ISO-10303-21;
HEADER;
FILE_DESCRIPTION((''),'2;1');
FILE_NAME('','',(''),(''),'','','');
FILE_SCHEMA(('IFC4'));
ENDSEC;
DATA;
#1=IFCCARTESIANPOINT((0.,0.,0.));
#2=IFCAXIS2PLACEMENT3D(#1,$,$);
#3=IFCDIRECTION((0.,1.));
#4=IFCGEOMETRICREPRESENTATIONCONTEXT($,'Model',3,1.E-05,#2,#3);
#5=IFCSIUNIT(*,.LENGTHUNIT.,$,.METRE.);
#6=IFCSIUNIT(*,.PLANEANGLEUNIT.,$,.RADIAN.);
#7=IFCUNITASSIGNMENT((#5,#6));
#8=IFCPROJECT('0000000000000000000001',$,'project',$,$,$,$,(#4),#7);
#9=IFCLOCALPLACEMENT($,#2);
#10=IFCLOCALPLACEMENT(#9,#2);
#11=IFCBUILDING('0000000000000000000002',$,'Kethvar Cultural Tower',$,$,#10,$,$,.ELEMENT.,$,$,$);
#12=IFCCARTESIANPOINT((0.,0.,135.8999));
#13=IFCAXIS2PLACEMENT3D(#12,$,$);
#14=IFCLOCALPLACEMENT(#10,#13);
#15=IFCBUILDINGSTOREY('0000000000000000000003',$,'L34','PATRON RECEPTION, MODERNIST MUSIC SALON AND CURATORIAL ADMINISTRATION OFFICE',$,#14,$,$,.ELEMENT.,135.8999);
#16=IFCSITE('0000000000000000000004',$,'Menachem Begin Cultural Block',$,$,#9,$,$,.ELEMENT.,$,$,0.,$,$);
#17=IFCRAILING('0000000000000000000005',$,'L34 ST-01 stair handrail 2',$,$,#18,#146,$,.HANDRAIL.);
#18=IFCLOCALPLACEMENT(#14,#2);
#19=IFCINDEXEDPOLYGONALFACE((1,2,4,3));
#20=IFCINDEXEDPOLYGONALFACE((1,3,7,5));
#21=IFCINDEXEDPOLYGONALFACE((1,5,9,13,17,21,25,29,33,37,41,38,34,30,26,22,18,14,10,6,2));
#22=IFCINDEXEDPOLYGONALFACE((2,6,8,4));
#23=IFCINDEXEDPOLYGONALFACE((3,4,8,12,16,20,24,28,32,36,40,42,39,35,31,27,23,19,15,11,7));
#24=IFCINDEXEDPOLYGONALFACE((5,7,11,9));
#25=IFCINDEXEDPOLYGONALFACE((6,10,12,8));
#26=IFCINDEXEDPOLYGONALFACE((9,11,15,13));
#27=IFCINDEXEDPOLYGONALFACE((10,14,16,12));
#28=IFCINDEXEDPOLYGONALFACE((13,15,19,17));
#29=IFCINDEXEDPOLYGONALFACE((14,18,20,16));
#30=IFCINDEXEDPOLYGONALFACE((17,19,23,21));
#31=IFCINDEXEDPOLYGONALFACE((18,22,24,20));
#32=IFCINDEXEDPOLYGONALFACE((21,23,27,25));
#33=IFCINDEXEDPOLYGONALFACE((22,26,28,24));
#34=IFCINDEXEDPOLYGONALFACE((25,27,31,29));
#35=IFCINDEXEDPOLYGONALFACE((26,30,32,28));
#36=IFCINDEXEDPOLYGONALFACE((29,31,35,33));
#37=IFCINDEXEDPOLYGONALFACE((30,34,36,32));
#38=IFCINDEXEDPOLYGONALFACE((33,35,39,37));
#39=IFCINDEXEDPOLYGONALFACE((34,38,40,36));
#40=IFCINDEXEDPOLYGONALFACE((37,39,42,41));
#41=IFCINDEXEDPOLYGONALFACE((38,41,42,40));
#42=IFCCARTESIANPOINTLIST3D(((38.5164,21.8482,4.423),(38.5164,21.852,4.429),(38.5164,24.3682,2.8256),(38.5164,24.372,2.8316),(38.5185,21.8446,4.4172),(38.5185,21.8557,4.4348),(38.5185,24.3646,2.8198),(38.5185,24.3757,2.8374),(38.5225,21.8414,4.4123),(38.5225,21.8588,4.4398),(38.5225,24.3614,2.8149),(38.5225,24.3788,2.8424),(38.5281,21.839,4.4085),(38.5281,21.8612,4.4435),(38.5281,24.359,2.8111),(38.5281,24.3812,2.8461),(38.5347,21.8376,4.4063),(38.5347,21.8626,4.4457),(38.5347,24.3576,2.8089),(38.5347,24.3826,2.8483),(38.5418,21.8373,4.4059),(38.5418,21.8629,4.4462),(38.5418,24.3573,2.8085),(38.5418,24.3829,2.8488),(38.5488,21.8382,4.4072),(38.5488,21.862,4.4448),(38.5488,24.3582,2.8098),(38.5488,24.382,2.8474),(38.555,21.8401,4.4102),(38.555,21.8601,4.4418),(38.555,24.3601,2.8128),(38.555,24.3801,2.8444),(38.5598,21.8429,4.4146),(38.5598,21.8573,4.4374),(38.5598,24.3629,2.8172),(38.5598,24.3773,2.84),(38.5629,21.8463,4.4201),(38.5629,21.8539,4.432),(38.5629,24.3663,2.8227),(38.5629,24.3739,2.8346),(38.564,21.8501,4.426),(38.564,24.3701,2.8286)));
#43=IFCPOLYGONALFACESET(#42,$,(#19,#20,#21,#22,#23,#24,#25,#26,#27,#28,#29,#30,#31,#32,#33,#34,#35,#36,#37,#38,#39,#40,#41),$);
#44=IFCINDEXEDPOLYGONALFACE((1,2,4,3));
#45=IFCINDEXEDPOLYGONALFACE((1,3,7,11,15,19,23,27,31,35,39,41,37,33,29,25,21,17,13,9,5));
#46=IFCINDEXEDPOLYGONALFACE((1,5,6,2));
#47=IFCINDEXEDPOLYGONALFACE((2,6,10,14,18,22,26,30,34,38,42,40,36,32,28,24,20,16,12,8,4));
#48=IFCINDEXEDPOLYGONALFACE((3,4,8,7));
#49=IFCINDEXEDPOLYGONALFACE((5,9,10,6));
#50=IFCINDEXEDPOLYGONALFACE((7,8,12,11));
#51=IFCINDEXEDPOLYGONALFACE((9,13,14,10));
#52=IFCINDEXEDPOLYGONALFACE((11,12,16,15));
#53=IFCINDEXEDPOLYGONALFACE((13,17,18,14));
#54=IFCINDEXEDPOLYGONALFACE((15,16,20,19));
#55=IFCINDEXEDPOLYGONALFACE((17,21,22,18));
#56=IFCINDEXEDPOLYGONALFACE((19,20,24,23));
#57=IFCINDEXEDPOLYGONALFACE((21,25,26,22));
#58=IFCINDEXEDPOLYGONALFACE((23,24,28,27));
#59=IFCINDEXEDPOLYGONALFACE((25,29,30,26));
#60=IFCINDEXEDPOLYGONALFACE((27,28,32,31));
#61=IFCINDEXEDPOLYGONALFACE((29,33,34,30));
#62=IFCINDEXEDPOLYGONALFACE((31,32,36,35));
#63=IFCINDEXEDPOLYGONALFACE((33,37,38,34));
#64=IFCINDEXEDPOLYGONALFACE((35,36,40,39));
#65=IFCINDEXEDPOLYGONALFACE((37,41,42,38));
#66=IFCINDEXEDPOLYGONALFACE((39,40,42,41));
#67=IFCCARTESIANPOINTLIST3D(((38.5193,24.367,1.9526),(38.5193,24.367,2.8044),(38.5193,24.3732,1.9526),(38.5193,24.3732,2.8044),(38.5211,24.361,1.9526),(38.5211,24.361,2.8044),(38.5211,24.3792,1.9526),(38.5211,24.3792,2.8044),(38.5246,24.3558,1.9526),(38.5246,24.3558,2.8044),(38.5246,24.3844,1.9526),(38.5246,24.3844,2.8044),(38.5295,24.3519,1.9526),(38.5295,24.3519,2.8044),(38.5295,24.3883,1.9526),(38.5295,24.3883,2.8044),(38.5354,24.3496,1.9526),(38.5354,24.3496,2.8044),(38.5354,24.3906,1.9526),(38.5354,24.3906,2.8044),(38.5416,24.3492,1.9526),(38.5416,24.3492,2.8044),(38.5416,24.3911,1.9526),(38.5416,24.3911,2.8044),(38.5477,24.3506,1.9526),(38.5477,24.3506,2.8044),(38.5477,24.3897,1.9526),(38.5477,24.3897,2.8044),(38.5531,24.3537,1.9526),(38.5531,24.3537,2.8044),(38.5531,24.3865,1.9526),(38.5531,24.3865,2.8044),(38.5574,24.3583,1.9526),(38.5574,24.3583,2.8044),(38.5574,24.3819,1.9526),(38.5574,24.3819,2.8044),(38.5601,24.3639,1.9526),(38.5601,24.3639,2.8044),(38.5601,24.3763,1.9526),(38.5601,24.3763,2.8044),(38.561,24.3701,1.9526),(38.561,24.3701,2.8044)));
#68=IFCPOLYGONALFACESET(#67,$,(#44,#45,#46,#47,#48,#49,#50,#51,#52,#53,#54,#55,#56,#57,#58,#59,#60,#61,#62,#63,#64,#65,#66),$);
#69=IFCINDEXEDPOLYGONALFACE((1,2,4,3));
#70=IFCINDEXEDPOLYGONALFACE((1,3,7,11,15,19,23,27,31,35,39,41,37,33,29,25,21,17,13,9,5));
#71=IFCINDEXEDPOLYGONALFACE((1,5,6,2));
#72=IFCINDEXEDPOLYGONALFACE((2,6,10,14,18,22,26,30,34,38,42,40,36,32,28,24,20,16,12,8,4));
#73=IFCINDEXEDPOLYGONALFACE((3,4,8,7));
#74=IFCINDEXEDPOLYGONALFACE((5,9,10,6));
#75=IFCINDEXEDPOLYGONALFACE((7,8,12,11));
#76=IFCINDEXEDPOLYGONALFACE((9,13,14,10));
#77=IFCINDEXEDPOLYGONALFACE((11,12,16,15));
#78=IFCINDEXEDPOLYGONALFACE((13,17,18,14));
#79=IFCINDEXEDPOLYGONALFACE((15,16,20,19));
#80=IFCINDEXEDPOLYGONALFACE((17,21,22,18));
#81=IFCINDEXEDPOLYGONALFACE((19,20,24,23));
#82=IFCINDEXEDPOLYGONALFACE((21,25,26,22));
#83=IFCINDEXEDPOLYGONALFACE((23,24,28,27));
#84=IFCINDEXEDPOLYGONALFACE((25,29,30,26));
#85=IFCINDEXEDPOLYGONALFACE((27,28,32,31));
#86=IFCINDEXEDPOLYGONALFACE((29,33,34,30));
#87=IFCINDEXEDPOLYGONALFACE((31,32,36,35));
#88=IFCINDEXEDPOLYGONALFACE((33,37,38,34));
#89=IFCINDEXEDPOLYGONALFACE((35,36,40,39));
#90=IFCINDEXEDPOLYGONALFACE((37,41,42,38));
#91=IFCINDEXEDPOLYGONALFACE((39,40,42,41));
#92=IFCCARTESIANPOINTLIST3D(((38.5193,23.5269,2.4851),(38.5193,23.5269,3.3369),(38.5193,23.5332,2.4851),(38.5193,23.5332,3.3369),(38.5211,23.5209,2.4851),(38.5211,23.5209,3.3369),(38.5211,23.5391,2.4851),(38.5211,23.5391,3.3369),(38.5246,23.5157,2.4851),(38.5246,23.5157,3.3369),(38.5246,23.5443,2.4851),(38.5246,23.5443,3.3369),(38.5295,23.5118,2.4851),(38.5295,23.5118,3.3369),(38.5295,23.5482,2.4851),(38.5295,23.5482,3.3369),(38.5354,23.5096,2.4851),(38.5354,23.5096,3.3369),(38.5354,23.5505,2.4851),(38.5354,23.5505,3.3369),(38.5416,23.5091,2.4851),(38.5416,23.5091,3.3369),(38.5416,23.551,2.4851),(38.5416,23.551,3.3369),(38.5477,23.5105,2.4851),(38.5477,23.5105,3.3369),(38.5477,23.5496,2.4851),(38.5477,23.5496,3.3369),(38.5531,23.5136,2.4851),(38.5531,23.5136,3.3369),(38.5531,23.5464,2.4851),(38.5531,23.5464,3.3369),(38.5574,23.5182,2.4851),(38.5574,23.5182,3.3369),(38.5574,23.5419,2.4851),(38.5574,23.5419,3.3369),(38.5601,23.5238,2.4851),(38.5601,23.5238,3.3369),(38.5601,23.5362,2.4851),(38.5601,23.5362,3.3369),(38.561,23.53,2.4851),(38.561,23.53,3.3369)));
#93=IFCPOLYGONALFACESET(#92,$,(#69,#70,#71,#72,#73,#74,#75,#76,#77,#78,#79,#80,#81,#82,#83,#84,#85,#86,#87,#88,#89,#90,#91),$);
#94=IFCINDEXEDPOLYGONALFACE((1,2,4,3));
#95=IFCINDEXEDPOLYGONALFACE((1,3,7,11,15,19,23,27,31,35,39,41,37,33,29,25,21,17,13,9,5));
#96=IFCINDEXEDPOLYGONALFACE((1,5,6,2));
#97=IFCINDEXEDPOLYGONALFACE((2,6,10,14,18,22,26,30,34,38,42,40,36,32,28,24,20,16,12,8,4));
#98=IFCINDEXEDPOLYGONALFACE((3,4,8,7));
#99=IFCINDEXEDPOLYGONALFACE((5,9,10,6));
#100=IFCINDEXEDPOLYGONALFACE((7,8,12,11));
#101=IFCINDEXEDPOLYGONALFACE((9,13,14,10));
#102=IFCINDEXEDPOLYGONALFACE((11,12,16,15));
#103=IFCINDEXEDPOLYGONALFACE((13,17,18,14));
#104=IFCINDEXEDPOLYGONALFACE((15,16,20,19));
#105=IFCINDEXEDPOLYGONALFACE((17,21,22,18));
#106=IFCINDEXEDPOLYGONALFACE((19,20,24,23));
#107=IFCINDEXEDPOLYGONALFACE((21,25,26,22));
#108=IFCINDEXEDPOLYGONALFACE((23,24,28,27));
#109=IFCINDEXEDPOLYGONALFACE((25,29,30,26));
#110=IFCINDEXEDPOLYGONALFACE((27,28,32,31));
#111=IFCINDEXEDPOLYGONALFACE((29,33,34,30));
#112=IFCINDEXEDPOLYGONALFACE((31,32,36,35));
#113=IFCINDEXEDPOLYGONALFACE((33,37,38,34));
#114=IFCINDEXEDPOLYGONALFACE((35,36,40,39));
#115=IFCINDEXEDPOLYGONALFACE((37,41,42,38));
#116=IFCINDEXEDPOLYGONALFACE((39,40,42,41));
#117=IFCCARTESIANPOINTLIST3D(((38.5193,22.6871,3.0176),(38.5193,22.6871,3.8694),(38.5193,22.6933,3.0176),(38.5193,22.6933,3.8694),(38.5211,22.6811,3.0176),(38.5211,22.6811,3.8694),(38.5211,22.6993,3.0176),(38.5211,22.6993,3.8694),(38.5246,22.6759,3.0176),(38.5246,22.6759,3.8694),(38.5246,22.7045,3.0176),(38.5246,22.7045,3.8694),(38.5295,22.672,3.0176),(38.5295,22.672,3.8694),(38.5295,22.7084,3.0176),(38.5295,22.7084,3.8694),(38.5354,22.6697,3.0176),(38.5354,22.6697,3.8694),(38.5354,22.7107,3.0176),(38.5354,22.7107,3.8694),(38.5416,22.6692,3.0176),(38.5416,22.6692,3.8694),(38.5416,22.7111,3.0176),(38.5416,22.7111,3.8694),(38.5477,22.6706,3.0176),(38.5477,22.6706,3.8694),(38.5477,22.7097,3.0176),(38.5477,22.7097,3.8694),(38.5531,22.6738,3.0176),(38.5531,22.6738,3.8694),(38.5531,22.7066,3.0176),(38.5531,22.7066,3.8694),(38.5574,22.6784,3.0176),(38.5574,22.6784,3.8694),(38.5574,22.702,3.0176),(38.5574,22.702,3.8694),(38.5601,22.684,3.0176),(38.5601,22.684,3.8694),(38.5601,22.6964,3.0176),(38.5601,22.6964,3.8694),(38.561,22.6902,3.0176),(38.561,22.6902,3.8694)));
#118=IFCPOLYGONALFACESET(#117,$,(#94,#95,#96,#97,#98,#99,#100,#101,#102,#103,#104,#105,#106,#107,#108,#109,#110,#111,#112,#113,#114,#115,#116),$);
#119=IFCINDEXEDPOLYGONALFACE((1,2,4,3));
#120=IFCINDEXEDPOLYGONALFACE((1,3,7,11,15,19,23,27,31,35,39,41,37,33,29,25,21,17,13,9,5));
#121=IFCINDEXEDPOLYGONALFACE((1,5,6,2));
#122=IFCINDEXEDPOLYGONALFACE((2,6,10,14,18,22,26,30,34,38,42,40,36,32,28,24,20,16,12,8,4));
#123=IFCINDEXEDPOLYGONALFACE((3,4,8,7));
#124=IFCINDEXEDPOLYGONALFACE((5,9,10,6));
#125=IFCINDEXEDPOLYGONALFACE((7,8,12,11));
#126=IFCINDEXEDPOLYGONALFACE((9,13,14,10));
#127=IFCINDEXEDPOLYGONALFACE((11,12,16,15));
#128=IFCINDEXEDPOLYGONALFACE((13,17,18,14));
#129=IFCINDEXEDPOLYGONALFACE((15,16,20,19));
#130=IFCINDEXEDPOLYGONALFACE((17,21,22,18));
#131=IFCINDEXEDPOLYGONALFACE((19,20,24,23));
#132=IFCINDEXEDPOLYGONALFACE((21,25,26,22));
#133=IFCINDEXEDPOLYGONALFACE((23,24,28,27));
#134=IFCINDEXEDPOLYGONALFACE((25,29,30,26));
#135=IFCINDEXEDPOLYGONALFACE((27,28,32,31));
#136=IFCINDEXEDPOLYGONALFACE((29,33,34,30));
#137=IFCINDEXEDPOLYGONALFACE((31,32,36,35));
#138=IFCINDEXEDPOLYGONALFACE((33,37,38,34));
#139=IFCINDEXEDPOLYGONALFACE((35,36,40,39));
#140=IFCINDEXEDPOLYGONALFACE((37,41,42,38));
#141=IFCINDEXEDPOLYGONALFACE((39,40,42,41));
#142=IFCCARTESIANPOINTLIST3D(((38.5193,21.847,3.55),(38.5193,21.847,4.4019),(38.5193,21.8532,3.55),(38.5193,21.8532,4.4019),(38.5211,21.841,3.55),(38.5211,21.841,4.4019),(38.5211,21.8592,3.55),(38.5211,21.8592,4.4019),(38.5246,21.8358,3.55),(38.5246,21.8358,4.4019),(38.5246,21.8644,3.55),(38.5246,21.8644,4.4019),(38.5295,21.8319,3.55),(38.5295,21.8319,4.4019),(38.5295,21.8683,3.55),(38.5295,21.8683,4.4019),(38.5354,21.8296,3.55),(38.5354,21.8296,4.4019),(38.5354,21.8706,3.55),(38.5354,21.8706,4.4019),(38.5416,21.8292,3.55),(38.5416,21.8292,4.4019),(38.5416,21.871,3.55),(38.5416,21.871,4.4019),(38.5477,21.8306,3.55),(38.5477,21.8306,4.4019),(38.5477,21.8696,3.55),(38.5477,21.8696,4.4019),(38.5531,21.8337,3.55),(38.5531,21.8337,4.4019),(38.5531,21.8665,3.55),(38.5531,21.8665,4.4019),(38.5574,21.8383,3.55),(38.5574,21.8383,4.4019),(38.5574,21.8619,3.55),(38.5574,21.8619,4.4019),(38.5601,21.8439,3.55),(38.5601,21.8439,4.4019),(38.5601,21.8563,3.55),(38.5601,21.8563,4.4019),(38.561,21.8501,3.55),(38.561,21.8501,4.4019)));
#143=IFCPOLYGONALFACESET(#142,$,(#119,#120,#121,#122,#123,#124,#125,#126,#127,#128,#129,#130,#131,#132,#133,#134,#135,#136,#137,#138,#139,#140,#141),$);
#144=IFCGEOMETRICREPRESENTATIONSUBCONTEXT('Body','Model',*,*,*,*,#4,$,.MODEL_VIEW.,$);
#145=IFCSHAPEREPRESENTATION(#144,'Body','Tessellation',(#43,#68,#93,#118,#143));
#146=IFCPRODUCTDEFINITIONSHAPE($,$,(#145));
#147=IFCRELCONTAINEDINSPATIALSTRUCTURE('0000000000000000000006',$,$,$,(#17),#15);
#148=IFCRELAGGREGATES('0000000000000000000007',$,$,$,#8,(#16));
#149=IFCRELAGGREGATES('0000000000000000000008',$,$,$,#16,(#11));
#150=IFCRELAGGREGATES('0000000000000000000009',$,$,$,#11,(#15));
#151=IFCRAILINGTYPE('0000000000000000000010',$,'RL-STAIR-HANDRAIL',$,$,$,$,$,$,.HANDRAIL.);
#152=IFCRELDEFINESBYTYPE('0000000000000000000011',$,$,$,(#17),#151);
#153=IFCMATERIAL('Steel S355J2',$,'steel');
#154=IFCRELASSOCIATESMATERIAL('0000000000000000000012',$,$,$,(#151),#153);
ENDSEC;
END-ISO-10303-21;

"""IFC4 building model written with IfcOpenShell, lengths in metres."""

from ifc_helpers import new_model, si_unit, direction, frame, origin, origin_2d, place, context, subcontext, project, spatial, circle, extrude, material, type_object, element, save


model = new_model("IFC4")

# Units and contexts
model_context = context("Model", 3, precision=1e-05, world=origin(), true_north=direction((0.0, 1.0)))
body_context = subcontext(model_context, "Body", "Model", "MODEL_VIEW")
ifc_project = project(units=[si_unit("LENGTHUNIT", "METRE"), si_unit("PLANEANGLEUNIT", "RADIAN")], contexts=[model_context])

# Site, building, storey
site_placement = place(None, origin())
site = spatial("IfcSite", under=ifc_project, at=site_placement, Name="Menachem Begin Cultural Block", CompositionType="ELEMENT", RefElevation=0.0)
building_placement = place(site_placement, origin())
building = spatial("IfcBuilding", under=site, at=building_placement, Name="Kethvar Cultural Tower", CompositionType="ELEMENT")
storey_placement = place(building_placement, frame((0.0, 0.0, 135.8999)))
storey = spatial("IfcBuildingStorey", under=building, at=storey_placement, Name="L34", Description="PATRON RECEPTION, MODERNIST MUSIC SALON AND CURATORIAL ADMINISTRATION OFFICE", CompositionType="ELEMENT", Elevation=135.8999)

# Shared definitions
ifc_material_1 = material(Name="Steel S355J2", Category="steel")

# Railing
railing_type_1 = type_object("IfcRailingType", Name="RL-STAIR-HANDRAIL", PredefinedType="HANDRAIL", material=ifc_material_1)
railing_1_placement = place(storey_placement, frame((38.54, 24.3701, 1.9526)))
element("IfcRailing", 1, at=railing_1_placement, inside=storey, type_object=railing_type_1, Name="L34 ST-01 stair handrail 2", PredefinedType="HANDRAIL", context=body_context, shape_type="SweptSolid", body=[
    extrude(circle(Radius=0.0239, at=origin_2d()), frame((0.0, 0.0, 0.876), z_axis=(0.0, -0.844607, 0.535387), x_axis=(1.0, 0.0, 0.0)), (0.0, 0.0, 1.0), 2.9836),
    extrude(circle(Radius=0.021, at=origin_2d()), origin(), (0.0, 0.0, 1.0), 0.8518),
    extrude(circle(Radius=0.021, at=origin_2d()), frame((0.0, -0.8401, 0.5325)), (0.0, 0.0, 1.0), 0.8518),
    extrude(circle(Radius=0.021, at=origin_2d()), frame((0.0, -1.6799, 1.0649)), (0.0, 0.0, 1.0), 0.8518),
    extrude(circle(Radius=0.021, at=origin_2d()), frame((0.0, -2.52, 1.5974)), (0.0, 0.0, 1.0), 0.8518),
])

save(model, "model.ifc")
